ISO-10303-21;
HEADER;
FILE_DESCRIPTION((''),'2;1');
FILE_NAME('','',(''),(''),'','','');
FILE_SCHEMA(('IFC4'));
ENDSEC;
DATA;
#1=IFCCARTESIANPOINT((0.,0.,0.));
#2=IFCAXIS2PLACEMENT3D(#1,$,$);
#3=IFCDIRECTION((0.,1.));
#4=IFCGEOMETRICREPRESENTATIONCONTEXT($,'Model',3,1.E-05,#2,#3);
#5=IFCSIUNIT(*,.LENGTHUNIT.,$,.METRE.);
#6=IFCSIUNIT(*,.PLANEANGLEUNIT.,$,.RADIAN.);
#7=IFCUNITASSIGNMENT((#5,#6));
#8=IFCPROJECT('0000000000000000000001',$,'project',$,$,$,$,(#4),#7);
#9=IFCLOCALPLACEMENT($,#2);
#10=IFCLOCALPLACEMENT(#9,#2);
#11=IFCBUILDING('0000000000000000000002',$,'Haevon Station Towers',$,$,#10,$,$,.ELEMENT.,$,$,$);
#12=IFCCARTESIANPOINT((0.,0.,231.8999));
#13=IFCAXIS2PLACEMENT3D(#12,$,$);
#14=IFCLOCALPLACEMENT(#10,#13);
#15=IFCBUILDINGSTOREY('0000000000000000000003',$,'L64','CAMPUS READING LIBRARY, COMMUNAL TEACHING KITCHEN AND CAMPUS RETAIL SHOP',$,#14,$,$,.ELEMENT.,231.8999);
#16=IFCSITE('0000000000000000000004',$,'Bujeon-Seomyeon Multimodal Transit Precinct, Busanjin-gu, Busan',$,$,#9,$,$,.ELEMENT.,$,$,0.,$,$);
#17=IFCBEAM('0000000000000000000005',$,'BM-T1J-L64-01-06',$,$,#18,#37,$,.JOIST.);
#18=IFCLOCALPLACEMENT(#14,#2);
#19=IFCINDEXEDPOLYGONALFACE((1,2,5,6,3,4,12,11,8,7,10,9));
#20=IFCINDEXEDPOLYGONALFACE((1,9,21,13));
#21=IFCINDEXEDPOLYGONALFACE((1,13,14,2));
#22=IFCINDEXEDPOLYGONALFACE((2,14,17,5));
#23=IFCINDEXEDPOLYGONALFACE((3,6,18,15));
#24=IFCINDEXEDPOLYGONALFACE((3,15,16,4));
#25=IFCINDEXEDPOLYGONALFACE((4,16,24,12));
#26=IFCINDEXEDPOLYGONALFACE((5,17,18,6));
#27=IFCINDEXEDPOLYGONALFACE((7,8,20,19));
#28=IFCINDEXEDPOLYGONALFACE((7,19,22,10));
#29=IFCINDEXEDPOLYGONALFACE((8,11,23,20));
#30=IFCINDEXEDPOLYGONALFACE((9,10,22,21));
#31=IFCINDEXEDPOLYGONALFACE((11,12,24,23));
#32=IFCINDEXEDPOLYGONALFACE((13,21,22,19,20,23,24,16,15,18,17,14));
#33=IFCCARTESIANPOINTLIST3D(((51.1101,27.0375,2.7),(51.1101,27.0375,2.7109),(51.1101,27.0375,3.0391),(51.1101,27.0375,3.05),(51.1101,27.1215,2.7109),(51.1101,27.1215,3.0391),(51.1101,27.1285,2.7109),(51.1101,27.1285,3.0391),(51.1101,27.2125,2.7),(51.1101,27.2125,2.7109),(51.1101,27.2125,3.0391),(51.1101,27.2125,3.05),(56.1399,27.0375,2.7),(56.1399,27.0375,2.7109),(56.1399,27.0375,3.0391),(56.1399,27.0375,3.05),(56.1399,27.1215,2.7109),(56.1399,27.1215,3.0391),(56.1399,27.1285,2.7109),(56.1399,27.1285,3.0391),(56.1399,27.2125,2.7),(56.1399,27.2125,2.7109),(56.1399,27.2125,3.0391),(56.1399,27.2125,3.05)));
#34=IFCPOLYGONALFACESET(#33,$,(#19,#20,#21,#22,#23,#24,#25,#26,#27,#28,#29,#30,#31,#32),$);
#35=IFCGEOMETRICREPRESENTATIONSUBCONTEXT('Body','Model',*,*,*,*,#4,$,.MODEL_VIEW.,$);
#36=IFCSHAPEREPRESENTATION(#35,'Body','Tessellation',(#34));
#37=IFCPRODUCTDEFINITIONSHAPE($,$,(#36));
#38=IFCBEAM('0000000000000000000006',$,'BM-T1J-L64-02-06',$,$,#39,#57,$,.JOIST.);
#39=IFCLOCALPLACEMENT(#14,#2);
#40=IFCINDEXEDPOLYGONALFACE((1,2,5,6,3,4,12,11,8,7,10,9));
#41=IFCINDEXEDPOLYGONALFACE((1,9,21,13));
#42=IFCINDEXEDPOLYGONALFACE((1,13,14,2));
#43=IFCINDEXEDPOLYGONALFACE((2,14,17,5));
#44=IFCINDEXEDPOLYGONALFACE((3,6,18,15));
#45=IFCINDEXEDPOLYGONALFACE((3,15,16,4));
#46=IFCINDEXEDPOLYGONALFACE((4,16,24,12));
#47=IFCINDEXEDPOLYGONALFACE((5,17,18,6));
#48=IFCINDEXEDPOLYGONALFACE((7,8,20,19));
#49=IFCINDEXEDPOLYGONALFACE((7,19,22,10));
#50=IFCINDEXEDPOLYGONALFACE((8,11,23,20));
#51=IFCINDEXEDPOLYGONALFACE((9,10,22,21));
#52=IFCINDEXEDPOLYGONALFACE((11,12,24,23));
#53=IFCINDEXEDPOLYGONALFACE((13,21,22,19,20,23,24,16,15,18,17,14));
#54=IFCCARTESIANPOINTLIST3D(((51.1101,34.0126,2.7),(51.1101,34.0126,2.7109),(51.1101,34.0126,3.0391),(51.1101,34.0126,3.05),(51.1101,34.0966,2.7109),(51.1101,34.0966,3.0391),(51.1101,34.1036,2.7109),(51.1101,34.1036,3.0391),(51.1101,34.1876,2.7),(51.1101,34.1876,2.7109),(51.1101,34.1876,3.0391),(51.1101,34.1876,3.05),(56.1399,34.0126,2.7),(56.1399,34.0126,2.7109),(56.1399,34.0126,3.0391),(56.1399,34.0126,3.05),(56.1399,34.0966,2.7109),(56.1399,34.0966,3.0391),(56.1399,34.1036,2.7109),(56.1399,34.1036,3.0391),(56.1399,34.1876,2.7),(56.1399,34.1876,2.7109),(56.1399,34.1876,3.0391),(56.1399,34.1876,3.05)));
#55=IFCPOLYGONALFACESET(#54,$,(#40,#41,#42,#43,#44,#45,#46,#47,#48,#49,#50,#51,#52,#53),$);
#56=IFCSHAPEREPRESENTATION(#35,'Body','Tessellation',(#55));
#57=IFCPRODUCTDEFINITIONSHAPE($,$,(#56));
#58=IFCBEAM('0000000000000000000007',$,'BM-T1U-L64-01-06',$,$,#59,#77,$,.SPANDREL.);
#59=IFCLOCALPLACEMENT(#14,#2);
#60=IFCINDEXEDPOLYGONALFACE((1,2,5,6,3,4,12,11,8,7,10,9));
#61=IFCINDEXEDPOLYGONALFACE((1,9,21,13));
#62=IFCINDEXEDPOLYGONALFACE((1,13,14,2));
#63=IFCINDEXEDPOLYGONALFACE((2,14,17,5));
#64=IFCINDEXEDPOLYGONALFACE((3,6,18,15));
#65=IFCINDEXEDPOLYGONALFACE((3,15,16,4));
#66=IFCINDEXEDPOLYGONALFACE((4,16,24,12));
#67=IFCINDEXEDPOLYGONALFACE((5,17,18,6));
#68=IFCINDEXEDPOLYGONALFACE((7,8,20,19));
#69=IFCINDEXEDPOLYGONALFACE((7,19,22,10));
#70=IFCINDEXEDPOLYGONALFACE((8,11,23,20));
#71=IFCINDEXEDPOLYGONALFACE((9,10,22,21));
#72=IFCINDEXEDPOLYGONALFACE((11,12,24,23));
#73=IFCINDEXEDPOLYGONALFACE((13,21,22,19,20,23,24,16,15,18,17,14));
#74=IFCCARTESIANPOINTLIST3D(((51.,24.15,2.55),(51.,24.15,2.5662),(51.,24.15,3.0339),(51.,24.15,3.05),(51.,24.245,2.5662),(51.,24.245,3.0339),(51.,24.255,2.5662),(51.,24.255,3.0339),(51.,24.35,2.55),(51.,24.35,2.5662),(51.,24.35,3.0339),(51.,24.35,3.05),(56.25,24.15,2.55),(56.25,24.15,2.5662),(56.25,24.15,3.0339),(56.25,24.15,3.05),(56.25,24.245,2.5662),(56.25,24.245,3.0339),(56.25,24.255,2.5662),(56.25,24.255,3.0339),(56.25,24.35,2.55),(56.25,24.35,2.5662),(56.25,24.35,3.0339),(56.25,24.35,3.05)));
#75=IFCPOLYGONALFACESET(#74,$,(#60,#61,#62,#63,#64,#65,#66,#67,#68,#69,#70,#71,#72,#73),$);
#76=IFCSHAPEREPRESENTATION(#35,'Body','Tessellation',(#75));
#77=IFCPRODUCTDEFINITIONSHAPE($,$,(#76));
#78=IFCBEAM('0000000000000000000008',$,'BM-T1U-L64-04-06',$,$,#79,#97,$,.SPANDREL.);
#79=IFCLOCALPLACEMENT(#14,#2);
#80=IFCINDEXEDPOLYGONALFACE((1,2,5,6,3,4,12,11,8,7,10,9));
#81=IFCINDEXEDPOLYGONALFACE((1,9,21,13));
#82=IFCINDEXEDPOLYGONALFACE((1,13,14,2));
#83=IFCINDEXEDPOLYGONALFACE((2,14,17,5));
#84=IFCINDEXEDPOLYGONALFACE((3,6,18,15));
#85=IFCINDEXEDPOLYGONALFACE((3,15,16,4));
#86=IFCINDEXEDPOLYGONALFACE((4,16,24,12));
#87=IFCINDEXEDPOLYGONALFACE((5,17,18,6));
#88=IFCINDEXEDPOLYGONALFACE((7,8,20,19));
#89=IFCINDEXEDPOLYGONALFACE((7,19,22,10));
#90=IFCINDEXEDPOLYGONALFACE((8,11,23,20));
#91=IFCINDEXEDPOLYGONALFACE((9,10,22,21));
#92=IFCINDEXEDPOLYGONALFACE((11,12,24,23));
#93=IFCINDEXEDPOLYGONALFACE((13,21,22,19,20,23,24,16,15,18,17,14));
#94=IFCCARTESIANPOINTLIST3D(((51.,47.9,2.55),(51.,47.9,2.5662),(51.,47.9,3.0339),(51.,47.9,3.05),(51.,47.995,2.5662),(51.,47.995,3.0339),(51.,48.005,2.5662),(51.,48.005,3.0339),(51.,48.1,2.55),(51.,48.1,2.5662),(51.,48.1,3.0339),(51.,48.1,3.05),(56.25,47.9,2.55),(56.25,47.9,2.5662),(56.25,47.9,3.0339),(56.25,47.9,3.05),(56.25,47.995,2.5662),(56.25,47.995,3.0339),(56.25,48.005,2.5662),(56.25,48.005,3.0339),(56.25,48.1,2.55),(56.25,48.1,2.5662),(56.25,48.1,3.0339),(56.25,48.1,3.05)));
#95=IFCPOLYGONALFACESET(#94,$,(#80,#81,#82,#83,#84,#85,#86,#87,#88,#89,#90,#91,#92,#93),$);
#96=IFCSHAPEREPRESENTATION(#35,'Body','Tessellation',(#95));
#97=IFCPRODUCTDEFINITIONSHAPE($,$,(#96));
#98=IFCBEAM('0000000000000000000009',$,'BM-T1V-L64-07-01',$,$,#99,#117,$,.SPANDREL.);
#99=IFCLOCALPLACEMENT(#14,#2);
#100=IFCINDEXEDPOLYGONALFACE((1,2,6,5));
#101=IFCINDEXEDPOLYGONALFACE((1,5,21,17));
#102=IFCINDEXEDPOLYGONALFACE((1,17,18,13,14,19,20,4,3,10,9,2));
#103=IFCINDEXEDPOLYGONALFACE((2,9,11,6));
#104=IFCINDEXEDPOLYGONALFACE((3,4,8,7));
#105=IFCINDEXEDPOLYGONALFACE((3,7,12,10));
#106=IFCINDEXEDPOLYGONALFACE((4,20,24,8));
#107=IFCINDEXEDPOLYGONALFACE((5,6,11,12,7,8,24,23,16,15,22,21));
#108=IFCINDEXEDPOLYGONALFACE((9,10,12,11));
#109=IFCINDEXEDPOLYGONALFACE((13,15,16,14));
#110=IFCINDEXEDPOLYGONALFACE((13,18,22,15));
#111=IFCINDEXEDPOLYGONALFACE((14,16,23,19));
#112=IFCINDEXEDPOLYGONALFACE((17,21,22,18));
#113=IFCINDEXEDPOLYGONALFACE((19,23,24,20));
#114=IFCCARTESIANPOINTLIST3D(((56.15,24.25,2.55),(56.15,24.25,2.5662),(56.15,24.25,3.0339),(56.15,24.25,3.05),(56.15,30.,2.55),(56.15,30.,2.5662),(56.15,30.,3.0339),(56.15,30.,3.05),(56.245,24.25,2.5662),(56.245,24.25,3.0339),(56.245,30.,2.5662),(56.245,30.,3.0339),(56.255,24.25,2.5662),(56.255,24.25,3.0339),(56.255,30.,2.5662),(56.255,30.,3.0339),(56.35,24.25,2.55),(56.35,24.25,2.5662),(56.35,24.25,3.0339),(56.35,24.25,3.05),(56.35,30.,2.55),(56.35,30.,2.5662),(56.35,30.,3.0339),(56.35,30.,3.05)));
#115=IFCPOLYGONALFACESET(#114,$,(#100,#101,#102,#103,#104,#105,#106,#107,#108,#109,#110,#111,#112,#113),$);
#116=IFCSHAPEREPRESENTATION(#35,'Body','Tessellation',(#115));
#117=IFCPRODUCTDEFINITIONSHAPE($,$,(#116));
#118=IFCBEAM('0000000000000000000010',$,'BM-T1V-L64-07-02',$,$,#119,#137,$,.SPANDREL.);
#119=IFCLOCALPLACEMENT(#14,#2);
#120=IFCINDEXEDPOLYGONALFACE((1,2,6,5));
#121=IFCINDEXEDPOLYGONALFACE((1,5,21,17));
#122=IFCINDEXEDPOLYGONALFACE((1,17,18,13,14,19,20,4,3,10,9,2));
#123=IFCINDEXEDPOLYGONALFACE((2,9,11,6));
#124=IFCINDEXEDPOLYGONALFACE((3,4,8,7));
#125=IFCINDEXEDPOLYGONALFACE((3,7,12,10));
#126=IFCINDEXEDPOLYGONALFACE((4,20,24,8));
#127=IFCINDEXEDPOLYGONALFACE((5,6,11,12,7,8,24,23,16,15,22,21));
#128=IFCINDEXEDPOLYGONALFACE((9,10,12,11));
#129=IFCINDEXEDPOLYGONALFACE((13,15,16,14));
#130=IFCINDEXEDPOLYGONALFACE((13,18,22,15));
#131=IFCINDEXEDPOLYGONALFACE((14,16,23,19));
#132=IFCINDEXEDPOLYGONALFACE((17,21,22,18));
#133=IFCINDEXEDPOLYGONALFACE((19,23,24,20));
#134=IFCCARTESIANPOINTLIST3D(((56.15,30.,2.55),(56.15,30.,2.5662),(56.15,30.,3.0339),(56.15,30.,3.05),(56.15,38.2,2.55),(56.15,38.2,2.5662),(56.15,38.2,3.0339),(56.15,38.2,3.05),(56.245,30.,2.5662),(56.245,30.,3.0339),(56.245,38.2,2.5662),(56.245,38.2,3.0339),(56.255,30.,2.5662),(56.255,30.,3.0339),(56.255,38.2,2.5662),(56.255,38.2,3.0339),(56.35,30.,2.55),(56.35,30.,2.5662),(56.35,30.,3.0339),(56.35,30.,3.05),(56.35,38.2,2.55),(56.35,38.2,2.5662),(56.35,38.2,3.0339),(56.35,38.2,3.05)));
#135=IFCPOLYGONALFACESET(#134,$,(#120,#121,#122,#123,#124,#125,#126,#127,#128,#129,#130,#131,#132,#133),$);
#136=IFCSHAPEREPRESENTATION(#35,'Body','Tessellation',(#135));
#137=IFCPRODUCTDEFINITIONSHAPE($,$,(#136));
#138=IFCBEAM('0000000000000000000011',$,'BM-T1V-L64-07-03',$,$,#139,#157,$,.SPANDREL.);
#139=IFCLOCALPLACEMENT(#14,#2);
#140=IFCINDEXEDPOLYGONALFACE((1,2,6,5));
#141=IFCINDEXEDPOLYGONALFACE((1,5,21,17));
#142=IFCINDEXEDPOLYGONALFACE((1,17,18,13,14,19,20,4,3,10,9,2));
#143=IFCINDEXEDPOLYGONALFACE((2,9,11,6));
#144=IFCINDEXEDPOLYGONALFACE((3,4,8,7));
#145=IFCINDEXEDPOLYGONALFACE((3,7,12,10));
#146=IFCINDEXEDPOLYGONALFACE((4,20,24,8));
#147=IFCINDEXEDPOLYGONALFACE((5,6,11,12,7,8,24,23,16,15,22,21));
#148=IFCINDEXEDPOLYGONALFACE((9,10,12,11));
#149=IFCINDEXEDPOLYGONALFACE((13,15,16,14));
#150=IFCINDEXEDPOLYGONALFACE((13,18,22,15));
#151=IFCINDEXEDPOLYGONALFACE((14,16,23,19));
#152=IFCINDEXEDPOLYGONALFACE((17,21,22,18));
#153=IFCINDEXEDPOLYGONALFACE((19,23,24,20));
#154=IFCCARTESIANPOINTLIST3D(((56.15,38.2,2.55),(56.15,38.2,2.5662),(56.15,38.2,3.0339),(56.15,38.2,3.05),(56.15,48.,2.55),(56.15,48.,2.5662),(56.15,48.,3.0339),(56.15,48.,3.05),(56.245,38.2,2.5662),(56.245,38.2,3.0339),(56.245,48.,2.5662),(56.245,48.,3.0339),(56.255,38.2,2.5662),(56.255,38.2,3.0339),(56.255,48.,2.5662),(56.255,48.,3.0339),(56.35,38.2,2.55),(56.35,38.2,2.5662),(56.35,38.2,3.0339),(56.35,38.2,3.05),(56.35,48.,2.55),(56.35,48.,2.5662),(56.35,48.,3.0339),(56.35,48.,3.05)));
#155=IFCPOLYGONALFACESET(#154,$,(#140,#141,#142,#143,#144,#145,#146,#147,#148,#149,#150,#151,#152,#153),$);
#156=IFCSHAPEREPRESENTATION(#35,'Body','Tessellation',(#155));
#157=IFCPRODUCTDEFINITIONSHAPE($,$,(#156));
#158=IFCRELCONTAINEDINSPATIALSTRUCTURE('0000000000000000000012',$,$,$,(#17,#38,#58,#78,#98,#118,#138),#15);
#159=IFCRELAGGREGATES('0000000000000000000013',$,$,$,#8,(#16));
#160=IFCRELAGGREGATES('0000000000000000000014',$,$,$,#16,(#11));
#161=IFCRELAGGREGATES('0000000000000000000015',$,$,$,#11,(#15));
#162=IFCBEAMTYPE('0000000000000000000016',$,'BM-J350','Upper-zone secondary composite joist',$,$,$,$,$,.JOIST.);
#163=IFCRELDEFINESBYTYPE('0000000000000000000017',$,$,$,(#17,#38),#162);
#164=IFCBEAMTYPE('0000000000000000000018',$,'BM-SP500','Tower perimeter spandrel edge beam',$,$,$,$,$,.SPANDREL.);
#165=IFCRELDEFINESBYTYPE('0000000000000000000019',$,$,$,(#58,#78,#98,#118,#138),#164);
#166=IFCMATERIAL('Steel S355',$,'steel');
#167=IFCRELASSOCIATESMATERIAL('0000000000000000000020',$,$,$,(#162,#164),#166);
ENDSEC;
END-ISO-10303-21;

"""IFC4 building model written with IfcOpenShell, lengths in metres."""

from ifc_helpers import new_model, si_unit, direction, frame, origin, origin_2d, place, context, subcontext, project, spatial, i_section, extrude, material, material_profile, profile_set, type_object, element, save


model = new_model("IFC4")

# Units and contexts
model_context = context("Model", 3, precision=1e-05, world=origin(), true_north=direction((0.0, 1.0)))
body_context = subcontext(model_context, "Body", "Model", "MODEL_VIEW")
ifc_project = project(units=[si_unit("LENGTHUNIT", "METRE"), si_unit("PLANEANGLEUNIT", "RADIAN")], contexts=[model_context])

# Site, building, storey
site_placement = place(None, origin())
site = spatial("IfcSite", under=ifc_project, at=site_placement, Name="Bujeon-Seomyeon Multimodal Transit Precinct, Busanjin-gu, Busan", CompositionType="ELEMENT", RefElevation=0.0)
building_placement = place(site_placement, origin())
building = spatial("IfcBuilding", under=site, at=building_placement, Name="Haevon Station Towers", CompositionType="ELEMENT")
storey_placement = place(building_placement, frame((0.0, 0.0, 231.8999)))
storey = spatial("IfcBuildingStorey", under=building, at=storey_placement, Name="L64", Description="CAMPUS READING LIBRARY, COMMUNAL TEACHING KITCHEN AND CAMPUS RETAIL SHOP", CompositionType="ELEMENT", Elevation=231.8999)

# Shared definitions
ifc_material_1 = material(Name="Steel S355", Category="steel")

# Beams
ifc_material_profile_1 = material_profile(ifc_material_1, i_section(OverallWidth=0.175, OverallDepth=0.3501, WebThickness=0.0071, FlangeThickness=0.011, at=origin_2d()), Name="H-350x175x7x11")
ifc_profile_set_1 = profile_set([ifc_material_profile_1], Name="Steel S355")
beam_type_1 = type_object("IfcBeamType", Name="BM-J350", Description="Upper-zone secondary composite joist", PredefinedType="JOIST", material=ifc_profile_set_1)
for number, where, z_axis, x_axis, name in (
    (1, (51.1101, 27.125, 2.875), (1.0, 0.0, 0.0), (0.0, 1.0, 0.0), "BM-T1J-L64-01-06"),
    (2, (51.1101, 34.1001, 2.875), (1.0, 0.0, 0.0), (0.0, 1.0, 0.0), "BM-T1J-L64-02-06"),
):
    element("IfcBeam", number, at=place(storey_placement, frame(where, z_axis=z_axis, x_axis=x_axis)), inside=storey, type_object=beam_type_1, Name=name, PredefinedType="JOIST", context=body_context, shape_type="SweptSolid", body=[
        extrude(i_section(OverallWidth=0.175, OverallDepth=0.3501, WebThickness=0.0071, FlangeThickness=0.011, at=origin_2d()), origin(), (0.0, 0.0, 1.0), 5.0298),
    ])
ifc_material_profile_2 = material_profile(ifc_material_1, i_section(OverallWidth=0.2, OverallDepth=0.5, WebThickness=0.01, FlangeThickness=0.0161, at=origin_2d()), Name="H-500x200x10x16")
ifc_profile_set_2 = profile_set([ifc_material_profile_2], Name="Steel S355")
beam_type_2 = type_object("IfcBeamType", Name="BM-SP500", Description="Tower perimeter spandrel edge beam", PredefinedType="SPANDREL", material=ifc_profile_set_2)
for number, where, z_axis, x_axis, name in (
    (3, (51.0, 24.25, 2.8), (1.0, 0.0, 0.0), (0.0, 1.0, 0.0), "BM-T1U-L64-01-06"),
    (4, (51.0, 48.0, 2.8), (1.0, 0.0, 0.0), (0.0, 1.0, 0.0), "BM-T1U-L64-04-06"),
):
    element("IfcBeam", number, at=place(storey_placement, frame(where, z_axis=z_axis, x_axis=x_axis)), inside=storey, type_object=beam_type_2, Name=name, PredefinedType="SPANDREL", context=body_context, shape_type="SweptSolid", body=[
        extrude(i_section(OverallWidth=0.2, OverallDepth=0.5, WebThickness=0.01, FlangeThickness=0.0161, at=origin_2d()), origin(), (0.0, 0.0, 1.0), 5.25),
    ])
beam_1_placement = place(storey_placement, frame((56.25, 24.25, 2.8), z_axis=(0.0, 1.0, 0.0), x_axis=(-1.0, 0.0, 0.0)))
element("IfcBeam", 5, at=beam_1_placement, inside=storey, type_object=beam_type_2, Name="BM-T1V-L64-07-01", PredefinedType="SPANDREL", context=body_context, shape_type="SweptSolid", body=[
    extrude(i_section(OverallWidth=0.2, OverallDepth=0.5, WebThickness=0.01, FlangeThickness=0.0161, at=origin_2d()), origin(), (0.0, 0.0, 1.0), 5.75),
])
beam_2_placement = place(storey_placement, frame((56.25, 30.0, 2.8), z_axis=(0.0, 1.0, 0.0), x_axis=(-1.0, 0.0, 0.0)))
element("IfcBeam", 6, at=beam_2_placement, inside=storey, type_object=beam_type_2, Name="BM-T1V-L64-07-02", PredefinedType="SPANDREL", context=body_context, shape_type="SweptSolid", body=[
    extrude(i_section(OverallWidth=0.2, OverallDepth=0.5, WebThickness=0.01, FlangeThickness=0.0161, at=origin_2d()), origin(), (0.0, 0.0, 1.0), 8.2),
])
beam_3_placement = place(storey_placement, frame((56.25, 38.2, 2.8), z_axis=(0.0, 1.0, 0.0), x_axis=(-1.0, 0.0, 0.0)))
element("IfcBeam", 7, at=beam_3_placement, inside=storey, type_object=beam_type_2, Name="BM-T1V-L64-07-03", PredefinedType="SPANDREL", context=body_context, shape_type="SweptSolid", body=[
    extrude(i_section(OverallWidth=0.2, OverallDepth=0.5, WebThickness=0.01, FlangeThickness=0.0161, at=origin_2d()), origin(), (0.0, 0.0, 1.0), 9.8),
])

save(model, "model.ifc")
